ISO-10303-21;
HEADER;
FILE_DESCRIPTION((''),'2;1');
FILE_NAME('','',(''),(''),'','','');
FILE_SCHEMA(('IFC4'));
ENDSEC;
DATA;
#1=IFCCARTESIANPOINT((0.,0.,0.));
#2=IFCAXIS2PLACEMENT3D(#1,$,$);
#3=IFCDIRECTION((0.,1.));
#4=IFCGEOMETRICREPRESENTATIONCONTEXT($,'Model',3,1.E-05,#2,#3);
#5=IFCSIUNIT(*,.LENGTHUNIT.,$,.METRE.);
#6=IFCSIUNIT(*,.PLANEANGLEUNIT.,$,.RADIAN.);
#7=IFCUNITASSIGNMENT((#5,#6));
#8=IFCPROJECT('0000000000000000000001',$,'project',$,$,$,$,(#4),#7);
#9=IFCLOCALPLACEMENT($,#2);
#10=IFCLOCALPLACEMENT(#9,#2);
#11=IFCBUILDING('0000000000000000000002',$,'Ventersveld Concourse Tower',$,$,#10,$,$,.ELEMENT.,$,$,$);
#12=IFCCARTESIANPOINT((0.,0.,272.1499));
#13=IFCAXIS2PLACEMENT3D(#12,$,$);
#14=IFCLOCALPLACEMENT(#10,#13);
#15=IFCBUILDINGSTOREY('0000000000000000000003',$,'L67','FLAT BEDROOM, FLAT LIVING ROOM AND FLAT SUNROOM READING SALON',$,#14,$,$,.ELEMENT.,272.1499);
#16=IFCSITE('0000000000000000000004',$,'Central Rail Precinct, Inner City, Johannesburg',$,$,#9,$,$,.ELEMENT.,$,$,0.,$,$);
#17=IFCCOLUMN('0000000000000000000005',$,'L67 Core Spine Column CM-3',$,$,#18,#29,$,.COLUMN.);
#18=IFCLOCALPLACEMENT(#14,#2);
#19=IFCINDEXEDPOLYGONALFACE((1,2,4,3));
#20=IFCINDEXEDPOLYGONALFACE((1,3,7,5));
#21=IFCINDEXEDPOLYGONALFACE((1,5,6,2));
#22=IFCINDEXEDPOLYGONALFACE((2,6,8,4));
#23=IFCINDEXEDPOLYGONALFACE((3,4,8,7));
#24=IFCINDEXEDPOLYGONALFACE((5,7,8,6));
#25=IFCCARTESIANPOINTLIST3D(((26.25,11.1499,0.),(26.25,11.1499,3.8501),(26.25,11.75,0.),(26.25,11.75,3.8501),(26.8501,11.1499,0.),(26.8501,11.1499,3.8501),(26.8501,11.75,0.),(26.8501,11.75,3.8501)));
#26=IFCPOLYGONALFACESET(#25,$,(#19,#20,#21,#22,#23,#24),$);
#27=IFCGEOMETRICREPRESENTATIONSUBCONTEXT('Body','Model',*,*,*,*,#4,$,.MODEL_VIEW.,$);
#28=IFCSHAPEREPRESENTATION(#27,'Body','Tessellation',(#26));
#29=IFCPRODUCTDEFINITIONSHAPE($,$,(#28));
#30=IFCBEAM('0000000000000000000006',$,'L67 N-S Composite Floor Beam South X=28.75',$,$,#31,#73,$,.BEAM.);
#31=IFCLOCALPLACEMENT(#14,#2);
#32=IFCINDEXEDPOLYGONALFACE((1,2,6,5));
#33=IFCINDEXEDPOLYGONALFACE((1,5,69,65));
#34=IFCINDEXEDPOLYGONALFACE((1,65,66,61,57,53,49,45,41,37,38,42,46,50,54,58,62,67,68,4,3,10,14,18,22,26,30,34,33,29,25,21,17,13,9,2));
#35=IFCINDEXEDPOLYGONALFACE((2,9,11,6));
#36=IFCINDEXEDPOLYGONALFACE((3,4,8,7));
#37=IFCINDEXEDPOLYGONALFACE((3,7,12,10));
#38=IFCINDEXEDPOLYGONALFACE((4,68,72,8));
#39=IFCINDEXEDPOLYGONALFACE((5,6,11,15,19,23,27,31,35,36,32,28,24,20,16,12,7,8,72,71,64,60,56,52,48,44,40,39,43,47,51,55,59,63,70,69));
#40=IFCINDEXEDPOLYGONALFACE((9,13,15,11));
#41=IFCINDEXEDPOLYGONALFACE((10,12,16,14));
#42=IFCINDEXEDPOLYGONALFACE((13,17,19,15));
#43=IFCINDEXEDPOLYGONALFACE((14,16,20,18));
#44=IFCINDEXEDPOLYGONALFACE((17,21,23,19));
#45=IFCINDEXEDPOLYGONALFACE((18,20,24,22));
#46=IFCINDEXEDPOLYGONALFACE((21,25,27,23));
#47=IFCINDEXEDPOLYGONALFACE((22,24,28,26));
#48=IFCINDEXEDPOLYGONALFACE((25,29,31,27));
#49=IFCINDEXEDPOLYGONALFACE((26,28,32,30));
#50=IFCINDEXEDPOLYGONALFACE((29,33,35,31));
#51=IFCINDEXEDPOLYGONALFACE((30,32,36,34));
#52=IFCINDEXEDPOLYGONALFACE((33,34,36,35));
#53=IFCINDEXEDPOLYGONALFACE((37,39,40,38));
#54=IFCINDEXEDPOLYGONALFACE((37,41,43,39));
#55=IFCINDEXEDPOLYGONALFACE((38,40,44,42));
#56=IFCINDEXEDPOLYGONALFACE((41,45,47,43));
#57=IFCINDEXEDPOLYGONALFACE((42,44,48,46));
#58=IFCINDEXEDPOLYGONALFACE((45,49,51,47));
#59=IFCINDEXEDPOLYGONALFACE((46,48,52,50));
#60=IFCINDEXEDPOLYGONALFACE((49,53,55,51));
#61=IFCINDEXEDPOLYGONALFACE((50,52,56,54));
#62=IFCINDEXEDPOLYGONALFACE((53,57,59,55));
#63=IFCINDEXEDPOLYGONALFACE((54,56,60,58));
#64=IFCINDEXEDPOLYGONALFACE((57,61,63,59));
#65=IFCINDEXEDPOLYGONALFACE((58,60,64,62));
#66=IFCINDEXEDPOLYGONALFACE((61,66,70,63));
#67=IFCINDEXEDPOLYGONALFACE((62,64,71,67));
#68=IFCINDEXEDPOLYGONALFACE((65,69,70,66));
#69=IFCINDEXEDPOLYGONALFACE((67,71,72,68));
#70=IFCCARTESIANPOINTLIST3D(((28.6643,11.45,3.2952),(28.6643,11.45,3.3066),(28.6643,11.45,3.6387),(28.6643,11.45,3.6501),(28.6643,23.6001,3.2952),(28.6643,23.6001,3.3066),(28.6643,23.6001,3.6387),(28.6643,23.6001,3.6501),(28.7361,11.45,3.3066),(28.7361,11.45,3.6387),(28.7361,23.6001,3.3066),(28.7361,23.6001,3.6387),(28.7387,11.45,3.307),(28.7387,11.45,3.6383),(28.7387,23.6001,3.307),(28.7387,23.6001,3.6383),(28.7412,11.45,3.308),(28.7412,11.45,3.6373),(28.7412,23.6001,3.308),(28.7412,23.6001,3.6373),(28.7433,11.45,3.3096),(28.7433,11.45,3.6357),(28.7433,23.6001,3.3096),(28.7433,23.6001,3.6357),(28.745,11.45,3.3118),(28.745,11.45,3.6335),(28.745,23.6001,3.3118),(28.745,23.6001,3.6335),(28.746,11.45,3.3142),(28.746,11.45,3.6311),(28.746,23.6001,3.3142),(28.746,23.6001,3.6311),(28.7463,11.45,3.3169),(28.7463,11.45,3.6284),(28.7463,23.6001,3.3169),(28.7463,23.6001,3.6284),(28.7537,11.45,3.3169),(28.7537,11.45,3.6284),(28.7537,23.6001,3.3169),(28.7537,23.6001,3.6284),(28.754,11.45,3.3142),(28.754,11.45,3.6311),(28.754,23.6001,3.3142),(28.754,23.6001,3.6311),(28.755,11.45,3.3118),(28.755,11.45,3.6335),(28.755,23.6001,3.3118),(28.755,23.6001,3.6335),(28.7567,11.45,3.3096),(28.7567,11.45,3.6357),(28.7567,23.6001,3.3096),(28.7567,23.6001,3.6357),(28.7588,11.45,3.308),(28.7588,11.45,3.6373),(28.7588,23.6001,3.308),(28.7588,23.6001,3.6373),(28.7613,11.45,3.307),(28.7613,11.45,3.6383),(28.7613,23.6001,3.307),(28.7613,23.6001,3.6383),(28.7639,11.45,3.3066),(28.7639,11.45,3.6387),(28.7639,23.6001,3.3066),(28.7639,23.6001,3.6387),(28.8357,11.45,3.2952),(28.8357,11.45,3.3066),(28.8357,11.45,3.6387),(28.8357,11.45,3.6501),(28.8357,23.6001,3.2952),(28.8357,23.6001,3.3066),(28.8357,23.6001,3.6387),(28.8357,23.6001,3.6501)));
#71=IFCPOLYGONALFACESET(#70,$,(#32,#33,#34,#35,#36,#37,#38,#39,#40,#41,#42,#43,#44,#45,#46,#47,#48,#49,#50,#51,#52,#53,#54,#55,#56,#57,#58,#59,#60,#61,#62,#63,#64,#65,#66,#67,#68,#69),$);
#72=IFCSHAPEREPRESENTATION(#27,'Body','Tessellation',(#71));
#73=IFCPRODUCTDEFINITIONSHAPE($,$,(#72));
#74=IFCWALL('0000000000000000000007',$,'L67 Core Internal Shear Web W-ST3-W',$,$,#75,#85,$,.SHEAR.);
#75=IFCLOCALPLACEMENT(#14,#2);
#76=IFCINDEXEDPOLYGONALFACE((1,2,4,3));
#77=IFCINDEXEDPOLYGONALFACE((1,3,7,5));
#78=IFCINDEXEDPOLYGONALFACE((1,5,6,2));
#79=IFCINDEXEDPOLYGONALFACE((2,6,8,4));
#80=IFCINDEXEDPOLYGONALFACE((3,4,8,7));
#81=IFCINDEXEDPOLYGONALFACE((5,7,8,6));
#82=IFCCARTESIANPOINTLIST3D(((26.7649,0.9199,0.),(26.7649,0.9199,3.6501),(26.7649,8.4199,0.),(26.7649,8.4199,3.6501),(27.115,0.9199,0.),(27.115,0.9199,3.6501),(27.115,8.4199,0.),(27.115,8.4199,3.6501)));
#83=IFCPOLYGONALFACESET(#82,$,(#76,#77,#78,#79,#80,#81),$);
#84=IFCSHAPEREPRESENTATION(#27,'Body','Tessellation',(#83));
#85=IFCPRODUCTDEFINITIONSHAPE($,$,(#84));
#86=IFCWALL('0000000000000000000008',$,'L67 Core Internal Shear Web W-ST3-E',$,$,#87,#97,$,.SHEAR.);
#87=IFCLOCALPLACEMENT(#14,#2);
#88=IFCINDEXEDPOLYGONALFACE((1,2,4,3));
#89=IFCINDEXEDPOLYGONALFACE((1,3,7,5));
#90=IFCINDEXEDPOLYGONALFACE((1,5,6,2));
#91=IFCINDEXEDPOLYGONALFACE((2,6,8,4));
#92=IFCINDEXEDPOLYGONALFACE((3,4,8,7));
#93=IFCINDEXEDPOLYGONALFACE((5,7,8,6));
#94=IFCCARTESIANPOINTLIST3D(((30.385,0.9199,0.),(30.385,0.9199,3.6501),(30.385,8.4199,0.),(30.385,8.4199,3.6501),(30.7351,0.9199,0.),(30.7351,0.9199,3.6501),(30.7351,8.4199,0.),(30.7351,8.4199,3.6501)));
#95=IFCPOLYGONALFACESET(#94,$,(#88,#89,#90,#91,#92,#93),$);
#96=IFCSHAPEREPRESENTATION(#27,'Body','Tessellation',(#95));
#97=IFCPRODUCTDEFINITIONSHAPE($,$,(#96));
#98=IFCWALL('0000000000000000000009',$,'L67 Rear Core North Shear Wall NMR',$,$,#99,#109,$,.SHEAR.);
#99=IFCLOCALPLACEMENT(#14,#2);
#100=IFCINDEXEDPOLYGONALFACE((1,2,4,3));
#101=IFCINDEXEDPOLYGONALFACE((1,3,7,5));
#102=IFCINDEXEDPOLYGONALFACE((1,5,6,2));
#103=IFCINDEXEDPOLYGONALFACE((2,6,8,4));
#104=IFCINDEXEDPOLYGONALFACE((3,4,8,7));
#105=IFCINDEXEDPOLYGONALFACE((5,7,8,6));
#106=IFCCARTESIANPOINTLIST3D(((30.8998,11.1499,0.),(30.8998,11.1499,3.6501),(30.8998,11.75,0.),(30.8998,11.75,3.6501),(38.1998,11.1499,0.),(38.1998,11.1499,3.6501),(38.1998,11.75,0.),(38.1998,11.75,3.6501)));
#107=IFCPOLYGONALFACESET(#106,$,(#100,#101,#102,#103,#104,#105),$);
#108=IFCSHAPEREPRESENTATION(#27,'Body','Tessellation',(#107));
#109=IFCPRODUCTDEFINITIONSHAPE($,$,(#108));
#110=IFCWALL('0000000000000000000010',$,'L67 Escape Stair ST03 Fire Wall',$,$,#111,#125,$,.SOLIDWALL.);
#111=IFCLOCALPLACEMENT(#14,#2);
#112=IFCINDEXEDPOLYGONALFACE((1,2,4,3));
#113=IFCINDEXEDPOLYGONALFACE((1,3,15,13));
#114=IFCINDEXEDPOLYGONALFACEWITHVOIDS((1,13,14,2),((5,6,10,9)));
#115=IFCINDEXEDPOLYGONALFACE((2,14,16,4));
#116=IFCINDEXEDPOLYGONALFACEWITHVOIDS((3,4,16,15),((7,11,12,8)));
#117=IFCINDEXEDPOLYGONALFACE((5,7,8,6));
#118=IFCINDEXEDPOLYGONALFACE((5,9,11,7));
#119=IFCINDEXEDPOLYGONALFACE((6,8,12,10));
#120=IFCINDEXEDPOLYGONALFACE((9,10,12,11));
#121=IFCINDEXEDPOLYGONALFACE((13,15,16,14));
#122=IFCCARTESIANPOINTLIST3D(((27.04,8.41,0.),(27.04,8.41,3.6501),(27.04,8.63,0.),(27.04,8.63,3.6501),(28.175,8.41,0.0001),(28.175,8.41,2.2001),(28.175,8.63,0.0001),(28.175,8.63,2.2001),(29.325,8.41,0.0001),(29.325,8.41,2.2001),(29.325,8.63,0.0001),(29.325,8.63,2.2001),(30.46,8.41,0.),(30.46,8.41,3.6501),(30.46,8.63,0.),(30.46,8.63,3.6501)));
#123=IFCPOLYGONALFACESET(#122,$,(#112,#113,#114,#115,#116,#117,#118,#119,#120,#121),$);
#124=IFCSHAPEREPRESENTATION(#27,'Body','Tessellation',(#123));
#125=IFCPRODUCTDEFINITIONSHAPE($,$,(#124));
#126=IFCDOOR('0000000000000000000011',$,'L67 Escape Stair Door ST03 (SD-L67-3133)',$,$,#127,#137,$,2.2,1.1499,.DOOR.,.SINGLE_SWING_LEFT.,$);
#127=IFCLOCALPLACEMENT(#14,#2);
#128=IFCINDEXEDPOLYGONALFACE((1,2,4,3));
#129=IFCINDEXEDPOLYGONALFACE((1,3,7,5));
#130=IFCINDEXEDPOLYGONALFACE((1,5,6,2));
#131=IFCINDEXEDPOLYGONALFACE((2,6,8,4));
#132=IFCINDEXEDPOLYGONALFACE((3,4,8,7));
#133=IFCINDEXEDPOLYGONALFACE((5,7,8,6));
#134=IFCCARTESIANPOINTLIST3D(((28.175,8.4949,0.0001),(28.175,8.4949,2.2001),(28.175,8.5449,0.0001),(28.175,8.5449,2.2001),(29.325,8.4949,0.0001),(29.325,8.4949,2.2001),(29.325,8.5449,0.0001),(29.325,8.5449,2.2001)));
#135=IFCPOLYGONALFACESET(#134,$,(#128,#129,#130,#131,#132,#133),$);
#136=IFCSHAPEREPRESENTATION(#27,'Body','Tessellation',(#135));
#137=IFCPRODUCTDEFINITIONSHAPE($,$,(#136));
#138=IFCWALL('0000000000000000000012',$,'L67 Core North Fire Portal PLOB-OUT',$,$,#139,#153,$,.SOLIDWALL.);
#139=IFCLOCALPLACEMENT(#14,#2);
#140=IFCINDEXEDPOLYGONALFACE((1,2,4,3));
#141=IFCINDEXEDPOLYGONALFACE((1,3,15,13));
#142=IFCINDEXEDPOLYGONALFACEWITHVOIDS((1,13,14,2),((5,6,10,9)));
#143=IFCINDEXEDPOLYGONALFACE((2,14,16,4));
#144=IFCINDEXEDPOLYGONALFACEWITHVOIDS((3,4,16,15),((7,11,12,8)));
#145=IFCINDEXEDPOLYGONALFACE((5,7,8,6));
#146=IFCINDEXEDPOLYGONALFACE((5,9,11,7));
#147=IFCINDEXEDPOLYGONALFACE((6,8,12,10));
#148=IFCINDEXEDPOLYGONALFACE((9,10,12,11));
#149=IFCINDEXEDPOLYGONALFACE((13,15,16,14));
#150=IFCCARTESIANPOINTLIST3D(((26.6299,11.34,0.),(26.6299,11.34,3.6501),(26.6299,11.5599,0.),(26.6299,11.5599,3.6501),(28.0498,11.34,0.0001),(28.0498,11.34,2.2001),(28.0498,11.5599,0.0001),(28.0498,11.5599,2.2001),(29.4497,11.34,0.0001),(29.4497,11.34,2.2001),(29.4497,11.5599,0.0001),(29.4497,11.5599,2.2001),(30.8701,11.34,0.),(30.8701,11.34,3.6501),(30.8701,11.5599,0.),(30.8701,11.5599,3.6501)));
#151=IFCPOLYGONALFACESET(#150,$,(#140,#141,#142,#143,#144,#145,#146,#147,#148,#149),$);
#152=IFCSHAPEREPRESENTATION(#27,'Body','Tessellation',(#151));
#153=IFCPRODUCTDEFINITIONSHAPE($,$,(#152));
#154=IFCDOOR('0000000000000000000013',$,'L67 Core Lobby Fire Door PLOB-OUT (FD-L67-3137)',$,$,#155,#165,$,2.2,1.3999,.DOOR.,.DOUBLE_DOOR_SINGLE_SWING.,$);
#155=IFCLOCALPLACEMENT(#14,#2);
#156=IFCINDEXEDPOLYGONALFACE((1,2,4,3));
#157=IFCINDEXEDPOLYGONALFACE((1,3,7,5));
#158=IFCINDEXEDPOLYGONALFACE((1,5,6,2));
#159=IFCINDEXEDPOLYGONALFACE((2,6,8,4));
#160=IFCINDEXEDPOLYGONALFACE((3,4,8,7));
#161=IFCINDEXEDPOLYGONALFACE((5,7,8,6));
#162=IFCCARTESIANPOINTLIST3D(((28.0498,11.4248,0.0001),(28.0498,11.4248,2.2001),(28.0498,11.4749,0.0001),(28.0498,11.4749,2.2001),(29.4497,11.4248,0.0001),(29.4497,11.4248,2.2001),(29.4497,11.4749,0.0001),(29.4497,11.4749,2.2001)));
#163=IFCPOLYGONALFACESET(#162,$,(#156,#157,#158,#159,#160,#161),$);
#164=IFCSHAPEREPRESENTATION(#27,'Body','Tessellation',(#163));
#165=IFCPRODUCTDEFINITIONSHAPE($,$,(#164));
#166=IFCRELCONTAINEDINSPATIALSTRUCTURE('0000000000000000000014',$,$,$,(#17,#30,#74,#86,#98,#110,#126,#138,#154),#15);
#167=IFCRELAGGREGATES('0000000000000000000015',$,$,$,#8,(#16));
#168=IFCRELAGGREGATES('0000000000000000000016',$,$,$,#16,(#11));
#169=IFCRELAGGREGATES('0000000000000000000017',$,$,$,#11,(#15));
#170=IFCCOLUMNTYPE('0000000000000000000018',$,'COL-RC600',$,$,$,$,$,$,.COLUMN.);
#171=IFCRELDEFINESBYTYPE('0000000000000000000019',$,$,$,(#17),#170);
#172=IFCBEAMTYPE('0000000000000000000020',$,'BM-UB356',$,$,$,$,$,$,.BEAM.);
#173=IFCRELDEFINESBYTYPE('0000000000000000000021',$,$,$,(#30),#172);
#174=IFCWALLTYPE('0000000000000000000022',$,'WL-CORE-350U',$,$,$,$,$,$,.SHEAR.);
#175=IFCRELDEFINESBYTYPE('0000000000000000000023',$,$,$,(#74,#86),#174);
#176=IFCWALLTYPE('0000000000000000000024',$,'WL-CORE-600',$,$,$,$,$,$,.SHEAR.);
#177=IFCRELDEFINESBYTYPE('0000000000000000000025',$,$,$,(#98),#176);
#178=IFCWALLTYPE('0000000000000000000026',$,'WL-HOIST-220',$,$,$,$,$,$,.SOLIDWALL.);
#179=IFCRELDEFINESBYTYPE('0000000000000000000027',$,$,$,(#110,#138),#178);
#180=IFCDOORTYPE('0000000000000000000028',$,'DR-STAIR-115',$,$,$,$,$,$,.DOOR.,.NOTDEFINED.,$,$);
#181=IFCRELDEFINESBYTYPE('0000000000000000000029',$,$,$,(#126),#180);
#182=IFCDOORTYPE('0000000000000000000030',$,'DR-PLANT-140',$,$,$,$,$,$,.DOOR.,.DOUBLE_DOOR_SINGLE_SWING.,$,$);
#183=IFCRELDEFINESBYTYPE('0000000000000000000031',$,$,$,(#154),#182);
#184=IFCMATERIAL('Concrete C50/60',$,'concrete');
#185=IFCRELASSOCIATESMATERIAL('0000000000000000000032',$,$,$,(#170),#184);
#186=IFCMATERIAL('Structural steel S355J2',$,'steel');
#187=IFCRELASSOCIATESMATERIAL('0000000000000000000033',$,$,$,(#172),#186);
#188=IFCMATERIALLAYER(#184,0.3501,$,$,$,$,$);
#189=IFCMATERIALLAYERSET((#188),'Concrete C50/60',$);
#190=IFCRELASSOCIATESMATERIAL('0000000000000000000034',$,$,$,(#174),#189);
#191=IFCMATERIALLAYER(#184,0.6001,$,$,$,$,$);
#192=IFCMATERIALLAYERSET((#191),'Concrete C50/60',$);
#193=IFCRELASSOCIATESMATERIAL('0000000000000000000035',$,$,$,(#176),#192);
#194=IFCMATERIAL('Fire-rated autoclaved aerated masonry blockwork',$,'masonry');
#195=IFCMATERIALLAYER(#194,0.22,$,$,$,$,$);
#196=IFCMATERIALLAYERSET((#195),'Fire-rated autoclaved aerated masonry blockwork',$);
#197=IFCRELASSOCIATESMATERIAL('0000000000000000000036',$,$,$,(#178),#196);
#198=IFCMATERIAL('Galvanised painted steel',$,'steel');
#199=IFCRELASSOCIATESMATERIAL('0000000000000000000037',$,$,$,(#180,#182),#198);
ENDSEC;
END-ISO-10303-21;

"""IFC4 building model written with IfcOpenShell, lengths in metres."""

from ifc_helpers import new_model, si_unit, direction, frame, frame_2d, origin, origin_2d, place, context, subcontext, project, spatial, rectangle, i_section, extrude, material, layer, layer_set, material_profile, profile_set, type_object, element, fill, save


model = new_model("IFC4")

# Units and contexts
model_context = context("Model", 3, precision=1e-05, world=origin(), true_north=direction((0.0, 1.0)))
body_context = subcontext(model_context, "Body", "Model", "MODEL_VIEW")
ifc_project = project(units=[si_unit("LENGTHUNIT", "METRE"), si_unit("PLANEANGLEUNIT", "RADIAN")], contexts=[model_context])

# Site, building, storey
site_placement = place(None, origin())
site = spatial("IfcSite", under=ifc_project, at=site_placement, Name="Central Rail Precinct, Inner City, Johannesburg", CompositionType="ELEMENT", RefElevation=0.0)
building_placement = place(site_placement, origin())
building = spatial("IfcBuilding", under=site, at=building_placement, Name="Ventersveld Concourse Tower", CompositionType="ELEMENT")
storey_placement = place(building_placement, frame((0.0, 0.0, 272.1499)))
storey = spatial("IfcBuildingStorey", under=building, at=storey_placement, Name="L67", Description="FLAT BEDROOM, FLAT LIVING ROOM AND FLAT SUNROOM READING SALON", CompositionType="ELEMENT", Elevation=272.1499)

# Column
ifc_material_1 = material(Name="Concrete C50/60", Category="concrete")
ifc_material_profile_1 = material_profile(ifc_material_1, rectangle(XDim=0.6001, YDim=0.6001, at=origin_2d()), Name="RC 600x600")
ifc_profile_set_1 = profile_set([ifc_material_profile_1], Name="Concrete C50/60")
column_type = type_object("IfcColumnType", Name="COL-RC600", PredefinedType="COLUMN", material=ifc_profile_set_1)
column_placement = place(storey_placement, frame((26.55, 11.45, 0.0), z_axis=(0.0, 0.0, 1.0), x_axis=(1.0, 0.0, 0.0)))
element("IfcColumn", 1, at=column_placement, inside=storey, type_object=column_type, Name="L67 Core Spine Column CM-3", PredefinedType="COLUMN", context=body_context, shape_type="SweptSolid", body=[
    extrude(rectangle(XDim=0.6001, YDim=0.6001, at=origin_2d()), origin(), (0.0, 0.0, 1.0), 3.8501),
])

# Beam
ifc_material_2 = material(Name="Structural steel S355J2", Category="steel")
ifc_material_profile_2 = material_profile(ifc_material_2, i_section(OverallWidth=0.1714, OverallDepth=0.355, WebThickness=0.0073, FlangeThickness=0.0115, FilletRadius=0.0103, at=origin_2d()), Name="UB 356x171x51")
ifc_profile_set_2 = profile_set([ifc_material_profile_2], Name="Structural steel S355J2")
beam_type = type_object("IfcBeamType", Name="BM-UB356", PredefinedType="BEAM", material=ifc_profile_set_2)
beam_placement = place(storey_placement, frame((28.75, 11.45, 3.4727), z_axis=(0.0, 1.0, 0.0), x_axis=(-1.0, 0.0, 0.0)))
element("IfcBeam", 2, at=beam_placement, inside=storey, type_object=beam_type, Name="L67 N-S Composite Floor Beam South X=28.75", PredefinedType="BEAM", context=body_context, shape_type="SweptSolid", body=[
    extrude(i_section(OverallWidth=0.1714, OverallDepth=0.355, WebThickness=0.0073, FlangeThickness=0.0115, FilletRadius=0.0103, at=origin_2d()), origin(), (0.0, 0.0, 1.0), 12.1501),
])

# Walls
ifc_layer_1 = layer(ifc_material_1, 0.3501)
ifc_layer_set_1 = layer_set([ifc_layer_1], Name="Concrete C50/60")
wall_type_1 = type_object("IfcWallType", Name="WL-CORE-350U", PredefinedType="SHEAR", material=ifc_layer_set_1)
for number, where, z_axis, x_axis, name in (
    (3, (26.9399, 0.9199, 0.0), (0.0, 0.0, 1.0), (0.0, 1.0, 0.0), "L67 Core Internal Shear Web W-ST3-W"),
    (4, (30.5601, 0.9199, 0.0), (0.0, 0.0, 1.0), (0.0, 1.0, 0.0), "L67 Core Internal Shear Web W-ST3-E"),
):
    element("IfcWall", number, at=place(storey_placement, frame(where, z_axis=z_axis, x_axis=x_axis)), inside=storey, type_object=wall_type_1, Name=name, PredefinedType="SHEAR", context=body_context, shape_type="SweptSolid", body=[
        extrude(rectangle(XDim=7.5, YDim=0.3501, at=frame_2d((3.75, 0.0))), origin(), (0.0, 0.0, 1.0), 3.6501),
    ])
ifc_layer_2 = layer(ifc_material_1, 0.6001)
ifc_layer_set_2 = layer_set([ifc_layer_2], Name="Concrete C50/60")
wall_type_2 = type_object("IfcWallType", Name="WL-CORE-600", PredefinedType="SHEAR", material=ifc_layer_set_2)
wall_1_placement = place(storey_placement, frame((30.8999, 11.45, 0.0), z_axis=(0.0, 0.0, 1.0), x_axis=(1.0, 0.0, 0.0)))
element("IfcWall", 5, at=wall_1_placement, inside=storey, type_object=wall_type_2, Name="L67 Rear Core North Shear Wall NMR", PredefinedType="SHEAR", context=body_context, shape_type="SweptSolid", body=[
    extrude(rectangle(XDim=7.3, YDim=0.6001, at=frame_2d((3.6499, 0.0))), origin(), (0.0, 0.0, 1.0), 3.6501),
])

# Walls, openings, doors
ifc_material_3 = material(Name="Fire-rated autoclaved aerated masonry blockwork", Category="masonry")
ifc_layer_3 = layer(ifc_material_3, 0.22)
ifc_layer_set_3 = layer_set([ifc_layer_3], Name="Fire-rated autoclaved aerated masonry blockwork")
wall_type_3 = type_object("IfcWallType", Name="WL-HOIST-220", PredefinedType="SOLIDWALL", material=ifc_layer_set_3)
wall_2_placement = place(storey_placement, frame((27.04, 8.52, 0.0), z_axis=(0.0, 0.0, 1.0), x_axis=(1.0, 0.0, 0.0)))
wall_2 = element("IfcWall", 6, at=wall_2_placement, inside=storey, type_object=wall_type_3, Name="L67 Escape Stair ST03 Fire Wall", PredefinedType="SOLIDWALL", context=body_context, shape_type="SweptSolid", body=[
    extrude(rectangle(XDim=3.4199, YDim=0.22, at=frame_2d((1.71, 0.0))), origin(), (0.0, 0.0, 1.0), 3.6501),
])
opening_1_placement = place(wall_2_placement, frame((1.135, 0.0, 0.0)))
opening_1 = element("IfcOpeningElement", 7, at=opening_1_placement, cuts=wall_2, PredefinedType="OPENING", context=body_context, shape_type="SweptSolid", body=[
    extrude(rectangle(XDim=1.1499, YDim=2.2, at=frame_2d((0.575, 1.1001))), frame((0.0, 0.1201, 0.0), z_axis=(0.0, -1.0, 0.0), x_axis=(1.0, 0.0, 0.0)), (0.0, 0.0, 1.0), 0.24),
])
ifc_material_4 = material(Name="Galvanised painted steel", Category="steel")
door_type_1 = type_object("IfcDoorType", Name="DR-STAIR-115", OperationType="NOTDEFINED", PredefinedType="DOOR", material=ifc_material_4)
door_1_placement = place(opening_1_placement, origin())
door_1 = element("IfcDoor", 8, at=door_1_placement, inside=storey, type_object=door_type_1, Name="L67 Escape Stair Door ST03 (SD-L67-3133)", OperationType="SINGLE_SWING_LEFT", OverallHeight=2.2, OverallWidth=1.1499, PredefinedType="DOOR", context=body_context, shape_type="SweptSolid", body=[
    extrude(rectangle(XDim=1.1499, YDim=2.2, at=frame_2d((0.575, 1.1001))), frame((0.0, 0.0249, 0.0), z_axis=(0.0, -1.0, 0.0), x_axis=(1.0, 0.0, 0.0)), (0.0, 0.0, 1.0), 0.05),
])
fill(opening_1, door_1)
wall_3_placement = place(storey_placement, frame((26.6299, 11.45, 0.0), z_axis=(0.0, 0.0, 1.0), x_axis=(1.0, 0.0, 0.0)))
wall_3 = element("IfcWall", 9, at=wall_3_placement, inside=storey, type_object=wall_type_3, Name="L67 Core North Fire Portal PLOB-OUT", PredefinedType="SOLIDWALL", context=body_context, shape_type="SweptSolid", body=[
    extrude(rectangle(XDim=4.2402, YDim=0.22, at=frame_2d((2.1201, 0.0))), origin(), (0.0, 0.0, 1.0), 3.6501),
])
opening_2_placement = place(wall_3_placement, frame((1.4199, 0.0, 0.0)))
opening_2 = element("IfcOpeningElement", 10, at=opening_2_placement, cuts=wall_3, PredefinedType="OPENING", context=body_context, shape_type="SweptSolid", body=[
    extrude(rectangle(XDim=1.3999, YDim=2.2, at=frame_2d((0.7, 1.1001))), frame((0.0, 0.1201, 0.0), z_axis=(0.0, -1.0, 0.0), x_axis=(1.0, 0.0, 0.0)), (0.0, 0.0, 1.0), 0.24),
])
door_type_2 = type_object("IfcDoorType", Name="DR-PLANT-140", OperationType="DOUBLE_DOOR_SINGLE_SWING", PredefinedType="DOOR", material=ifc_material_4)
door_2_placement = place(opening_2_placement, origin())
door_2 = element("IfcDoor", 11, at=door_2_placement, inside=storey, type_object=door_type_2, Name="L67 Core Lobby Fire Door PLOB-OUT (FD-L67-3137)", OperationType="DOUBLE_DOOR_SINGLE_SWING", OverallHeight=2.2, OverallWidth=1.3999, PredefinedType="DOOR", context=body_context, shape_type="SweptSolid", body=[
    extrude(rectangle(XDim=1.3999, YDim=2.2, at=frame_2d((0.7, 1.1001))), frame((0.0, 0.0249, 0.0), z_axis=(0.0, -1.0, 0.0), x_axis=(1.0, 0.0, 0.0)), (0.0, 0.0, 1.0), 0.05),
])
fill(opening_2, door_2)

save(model, "model.ifc")
